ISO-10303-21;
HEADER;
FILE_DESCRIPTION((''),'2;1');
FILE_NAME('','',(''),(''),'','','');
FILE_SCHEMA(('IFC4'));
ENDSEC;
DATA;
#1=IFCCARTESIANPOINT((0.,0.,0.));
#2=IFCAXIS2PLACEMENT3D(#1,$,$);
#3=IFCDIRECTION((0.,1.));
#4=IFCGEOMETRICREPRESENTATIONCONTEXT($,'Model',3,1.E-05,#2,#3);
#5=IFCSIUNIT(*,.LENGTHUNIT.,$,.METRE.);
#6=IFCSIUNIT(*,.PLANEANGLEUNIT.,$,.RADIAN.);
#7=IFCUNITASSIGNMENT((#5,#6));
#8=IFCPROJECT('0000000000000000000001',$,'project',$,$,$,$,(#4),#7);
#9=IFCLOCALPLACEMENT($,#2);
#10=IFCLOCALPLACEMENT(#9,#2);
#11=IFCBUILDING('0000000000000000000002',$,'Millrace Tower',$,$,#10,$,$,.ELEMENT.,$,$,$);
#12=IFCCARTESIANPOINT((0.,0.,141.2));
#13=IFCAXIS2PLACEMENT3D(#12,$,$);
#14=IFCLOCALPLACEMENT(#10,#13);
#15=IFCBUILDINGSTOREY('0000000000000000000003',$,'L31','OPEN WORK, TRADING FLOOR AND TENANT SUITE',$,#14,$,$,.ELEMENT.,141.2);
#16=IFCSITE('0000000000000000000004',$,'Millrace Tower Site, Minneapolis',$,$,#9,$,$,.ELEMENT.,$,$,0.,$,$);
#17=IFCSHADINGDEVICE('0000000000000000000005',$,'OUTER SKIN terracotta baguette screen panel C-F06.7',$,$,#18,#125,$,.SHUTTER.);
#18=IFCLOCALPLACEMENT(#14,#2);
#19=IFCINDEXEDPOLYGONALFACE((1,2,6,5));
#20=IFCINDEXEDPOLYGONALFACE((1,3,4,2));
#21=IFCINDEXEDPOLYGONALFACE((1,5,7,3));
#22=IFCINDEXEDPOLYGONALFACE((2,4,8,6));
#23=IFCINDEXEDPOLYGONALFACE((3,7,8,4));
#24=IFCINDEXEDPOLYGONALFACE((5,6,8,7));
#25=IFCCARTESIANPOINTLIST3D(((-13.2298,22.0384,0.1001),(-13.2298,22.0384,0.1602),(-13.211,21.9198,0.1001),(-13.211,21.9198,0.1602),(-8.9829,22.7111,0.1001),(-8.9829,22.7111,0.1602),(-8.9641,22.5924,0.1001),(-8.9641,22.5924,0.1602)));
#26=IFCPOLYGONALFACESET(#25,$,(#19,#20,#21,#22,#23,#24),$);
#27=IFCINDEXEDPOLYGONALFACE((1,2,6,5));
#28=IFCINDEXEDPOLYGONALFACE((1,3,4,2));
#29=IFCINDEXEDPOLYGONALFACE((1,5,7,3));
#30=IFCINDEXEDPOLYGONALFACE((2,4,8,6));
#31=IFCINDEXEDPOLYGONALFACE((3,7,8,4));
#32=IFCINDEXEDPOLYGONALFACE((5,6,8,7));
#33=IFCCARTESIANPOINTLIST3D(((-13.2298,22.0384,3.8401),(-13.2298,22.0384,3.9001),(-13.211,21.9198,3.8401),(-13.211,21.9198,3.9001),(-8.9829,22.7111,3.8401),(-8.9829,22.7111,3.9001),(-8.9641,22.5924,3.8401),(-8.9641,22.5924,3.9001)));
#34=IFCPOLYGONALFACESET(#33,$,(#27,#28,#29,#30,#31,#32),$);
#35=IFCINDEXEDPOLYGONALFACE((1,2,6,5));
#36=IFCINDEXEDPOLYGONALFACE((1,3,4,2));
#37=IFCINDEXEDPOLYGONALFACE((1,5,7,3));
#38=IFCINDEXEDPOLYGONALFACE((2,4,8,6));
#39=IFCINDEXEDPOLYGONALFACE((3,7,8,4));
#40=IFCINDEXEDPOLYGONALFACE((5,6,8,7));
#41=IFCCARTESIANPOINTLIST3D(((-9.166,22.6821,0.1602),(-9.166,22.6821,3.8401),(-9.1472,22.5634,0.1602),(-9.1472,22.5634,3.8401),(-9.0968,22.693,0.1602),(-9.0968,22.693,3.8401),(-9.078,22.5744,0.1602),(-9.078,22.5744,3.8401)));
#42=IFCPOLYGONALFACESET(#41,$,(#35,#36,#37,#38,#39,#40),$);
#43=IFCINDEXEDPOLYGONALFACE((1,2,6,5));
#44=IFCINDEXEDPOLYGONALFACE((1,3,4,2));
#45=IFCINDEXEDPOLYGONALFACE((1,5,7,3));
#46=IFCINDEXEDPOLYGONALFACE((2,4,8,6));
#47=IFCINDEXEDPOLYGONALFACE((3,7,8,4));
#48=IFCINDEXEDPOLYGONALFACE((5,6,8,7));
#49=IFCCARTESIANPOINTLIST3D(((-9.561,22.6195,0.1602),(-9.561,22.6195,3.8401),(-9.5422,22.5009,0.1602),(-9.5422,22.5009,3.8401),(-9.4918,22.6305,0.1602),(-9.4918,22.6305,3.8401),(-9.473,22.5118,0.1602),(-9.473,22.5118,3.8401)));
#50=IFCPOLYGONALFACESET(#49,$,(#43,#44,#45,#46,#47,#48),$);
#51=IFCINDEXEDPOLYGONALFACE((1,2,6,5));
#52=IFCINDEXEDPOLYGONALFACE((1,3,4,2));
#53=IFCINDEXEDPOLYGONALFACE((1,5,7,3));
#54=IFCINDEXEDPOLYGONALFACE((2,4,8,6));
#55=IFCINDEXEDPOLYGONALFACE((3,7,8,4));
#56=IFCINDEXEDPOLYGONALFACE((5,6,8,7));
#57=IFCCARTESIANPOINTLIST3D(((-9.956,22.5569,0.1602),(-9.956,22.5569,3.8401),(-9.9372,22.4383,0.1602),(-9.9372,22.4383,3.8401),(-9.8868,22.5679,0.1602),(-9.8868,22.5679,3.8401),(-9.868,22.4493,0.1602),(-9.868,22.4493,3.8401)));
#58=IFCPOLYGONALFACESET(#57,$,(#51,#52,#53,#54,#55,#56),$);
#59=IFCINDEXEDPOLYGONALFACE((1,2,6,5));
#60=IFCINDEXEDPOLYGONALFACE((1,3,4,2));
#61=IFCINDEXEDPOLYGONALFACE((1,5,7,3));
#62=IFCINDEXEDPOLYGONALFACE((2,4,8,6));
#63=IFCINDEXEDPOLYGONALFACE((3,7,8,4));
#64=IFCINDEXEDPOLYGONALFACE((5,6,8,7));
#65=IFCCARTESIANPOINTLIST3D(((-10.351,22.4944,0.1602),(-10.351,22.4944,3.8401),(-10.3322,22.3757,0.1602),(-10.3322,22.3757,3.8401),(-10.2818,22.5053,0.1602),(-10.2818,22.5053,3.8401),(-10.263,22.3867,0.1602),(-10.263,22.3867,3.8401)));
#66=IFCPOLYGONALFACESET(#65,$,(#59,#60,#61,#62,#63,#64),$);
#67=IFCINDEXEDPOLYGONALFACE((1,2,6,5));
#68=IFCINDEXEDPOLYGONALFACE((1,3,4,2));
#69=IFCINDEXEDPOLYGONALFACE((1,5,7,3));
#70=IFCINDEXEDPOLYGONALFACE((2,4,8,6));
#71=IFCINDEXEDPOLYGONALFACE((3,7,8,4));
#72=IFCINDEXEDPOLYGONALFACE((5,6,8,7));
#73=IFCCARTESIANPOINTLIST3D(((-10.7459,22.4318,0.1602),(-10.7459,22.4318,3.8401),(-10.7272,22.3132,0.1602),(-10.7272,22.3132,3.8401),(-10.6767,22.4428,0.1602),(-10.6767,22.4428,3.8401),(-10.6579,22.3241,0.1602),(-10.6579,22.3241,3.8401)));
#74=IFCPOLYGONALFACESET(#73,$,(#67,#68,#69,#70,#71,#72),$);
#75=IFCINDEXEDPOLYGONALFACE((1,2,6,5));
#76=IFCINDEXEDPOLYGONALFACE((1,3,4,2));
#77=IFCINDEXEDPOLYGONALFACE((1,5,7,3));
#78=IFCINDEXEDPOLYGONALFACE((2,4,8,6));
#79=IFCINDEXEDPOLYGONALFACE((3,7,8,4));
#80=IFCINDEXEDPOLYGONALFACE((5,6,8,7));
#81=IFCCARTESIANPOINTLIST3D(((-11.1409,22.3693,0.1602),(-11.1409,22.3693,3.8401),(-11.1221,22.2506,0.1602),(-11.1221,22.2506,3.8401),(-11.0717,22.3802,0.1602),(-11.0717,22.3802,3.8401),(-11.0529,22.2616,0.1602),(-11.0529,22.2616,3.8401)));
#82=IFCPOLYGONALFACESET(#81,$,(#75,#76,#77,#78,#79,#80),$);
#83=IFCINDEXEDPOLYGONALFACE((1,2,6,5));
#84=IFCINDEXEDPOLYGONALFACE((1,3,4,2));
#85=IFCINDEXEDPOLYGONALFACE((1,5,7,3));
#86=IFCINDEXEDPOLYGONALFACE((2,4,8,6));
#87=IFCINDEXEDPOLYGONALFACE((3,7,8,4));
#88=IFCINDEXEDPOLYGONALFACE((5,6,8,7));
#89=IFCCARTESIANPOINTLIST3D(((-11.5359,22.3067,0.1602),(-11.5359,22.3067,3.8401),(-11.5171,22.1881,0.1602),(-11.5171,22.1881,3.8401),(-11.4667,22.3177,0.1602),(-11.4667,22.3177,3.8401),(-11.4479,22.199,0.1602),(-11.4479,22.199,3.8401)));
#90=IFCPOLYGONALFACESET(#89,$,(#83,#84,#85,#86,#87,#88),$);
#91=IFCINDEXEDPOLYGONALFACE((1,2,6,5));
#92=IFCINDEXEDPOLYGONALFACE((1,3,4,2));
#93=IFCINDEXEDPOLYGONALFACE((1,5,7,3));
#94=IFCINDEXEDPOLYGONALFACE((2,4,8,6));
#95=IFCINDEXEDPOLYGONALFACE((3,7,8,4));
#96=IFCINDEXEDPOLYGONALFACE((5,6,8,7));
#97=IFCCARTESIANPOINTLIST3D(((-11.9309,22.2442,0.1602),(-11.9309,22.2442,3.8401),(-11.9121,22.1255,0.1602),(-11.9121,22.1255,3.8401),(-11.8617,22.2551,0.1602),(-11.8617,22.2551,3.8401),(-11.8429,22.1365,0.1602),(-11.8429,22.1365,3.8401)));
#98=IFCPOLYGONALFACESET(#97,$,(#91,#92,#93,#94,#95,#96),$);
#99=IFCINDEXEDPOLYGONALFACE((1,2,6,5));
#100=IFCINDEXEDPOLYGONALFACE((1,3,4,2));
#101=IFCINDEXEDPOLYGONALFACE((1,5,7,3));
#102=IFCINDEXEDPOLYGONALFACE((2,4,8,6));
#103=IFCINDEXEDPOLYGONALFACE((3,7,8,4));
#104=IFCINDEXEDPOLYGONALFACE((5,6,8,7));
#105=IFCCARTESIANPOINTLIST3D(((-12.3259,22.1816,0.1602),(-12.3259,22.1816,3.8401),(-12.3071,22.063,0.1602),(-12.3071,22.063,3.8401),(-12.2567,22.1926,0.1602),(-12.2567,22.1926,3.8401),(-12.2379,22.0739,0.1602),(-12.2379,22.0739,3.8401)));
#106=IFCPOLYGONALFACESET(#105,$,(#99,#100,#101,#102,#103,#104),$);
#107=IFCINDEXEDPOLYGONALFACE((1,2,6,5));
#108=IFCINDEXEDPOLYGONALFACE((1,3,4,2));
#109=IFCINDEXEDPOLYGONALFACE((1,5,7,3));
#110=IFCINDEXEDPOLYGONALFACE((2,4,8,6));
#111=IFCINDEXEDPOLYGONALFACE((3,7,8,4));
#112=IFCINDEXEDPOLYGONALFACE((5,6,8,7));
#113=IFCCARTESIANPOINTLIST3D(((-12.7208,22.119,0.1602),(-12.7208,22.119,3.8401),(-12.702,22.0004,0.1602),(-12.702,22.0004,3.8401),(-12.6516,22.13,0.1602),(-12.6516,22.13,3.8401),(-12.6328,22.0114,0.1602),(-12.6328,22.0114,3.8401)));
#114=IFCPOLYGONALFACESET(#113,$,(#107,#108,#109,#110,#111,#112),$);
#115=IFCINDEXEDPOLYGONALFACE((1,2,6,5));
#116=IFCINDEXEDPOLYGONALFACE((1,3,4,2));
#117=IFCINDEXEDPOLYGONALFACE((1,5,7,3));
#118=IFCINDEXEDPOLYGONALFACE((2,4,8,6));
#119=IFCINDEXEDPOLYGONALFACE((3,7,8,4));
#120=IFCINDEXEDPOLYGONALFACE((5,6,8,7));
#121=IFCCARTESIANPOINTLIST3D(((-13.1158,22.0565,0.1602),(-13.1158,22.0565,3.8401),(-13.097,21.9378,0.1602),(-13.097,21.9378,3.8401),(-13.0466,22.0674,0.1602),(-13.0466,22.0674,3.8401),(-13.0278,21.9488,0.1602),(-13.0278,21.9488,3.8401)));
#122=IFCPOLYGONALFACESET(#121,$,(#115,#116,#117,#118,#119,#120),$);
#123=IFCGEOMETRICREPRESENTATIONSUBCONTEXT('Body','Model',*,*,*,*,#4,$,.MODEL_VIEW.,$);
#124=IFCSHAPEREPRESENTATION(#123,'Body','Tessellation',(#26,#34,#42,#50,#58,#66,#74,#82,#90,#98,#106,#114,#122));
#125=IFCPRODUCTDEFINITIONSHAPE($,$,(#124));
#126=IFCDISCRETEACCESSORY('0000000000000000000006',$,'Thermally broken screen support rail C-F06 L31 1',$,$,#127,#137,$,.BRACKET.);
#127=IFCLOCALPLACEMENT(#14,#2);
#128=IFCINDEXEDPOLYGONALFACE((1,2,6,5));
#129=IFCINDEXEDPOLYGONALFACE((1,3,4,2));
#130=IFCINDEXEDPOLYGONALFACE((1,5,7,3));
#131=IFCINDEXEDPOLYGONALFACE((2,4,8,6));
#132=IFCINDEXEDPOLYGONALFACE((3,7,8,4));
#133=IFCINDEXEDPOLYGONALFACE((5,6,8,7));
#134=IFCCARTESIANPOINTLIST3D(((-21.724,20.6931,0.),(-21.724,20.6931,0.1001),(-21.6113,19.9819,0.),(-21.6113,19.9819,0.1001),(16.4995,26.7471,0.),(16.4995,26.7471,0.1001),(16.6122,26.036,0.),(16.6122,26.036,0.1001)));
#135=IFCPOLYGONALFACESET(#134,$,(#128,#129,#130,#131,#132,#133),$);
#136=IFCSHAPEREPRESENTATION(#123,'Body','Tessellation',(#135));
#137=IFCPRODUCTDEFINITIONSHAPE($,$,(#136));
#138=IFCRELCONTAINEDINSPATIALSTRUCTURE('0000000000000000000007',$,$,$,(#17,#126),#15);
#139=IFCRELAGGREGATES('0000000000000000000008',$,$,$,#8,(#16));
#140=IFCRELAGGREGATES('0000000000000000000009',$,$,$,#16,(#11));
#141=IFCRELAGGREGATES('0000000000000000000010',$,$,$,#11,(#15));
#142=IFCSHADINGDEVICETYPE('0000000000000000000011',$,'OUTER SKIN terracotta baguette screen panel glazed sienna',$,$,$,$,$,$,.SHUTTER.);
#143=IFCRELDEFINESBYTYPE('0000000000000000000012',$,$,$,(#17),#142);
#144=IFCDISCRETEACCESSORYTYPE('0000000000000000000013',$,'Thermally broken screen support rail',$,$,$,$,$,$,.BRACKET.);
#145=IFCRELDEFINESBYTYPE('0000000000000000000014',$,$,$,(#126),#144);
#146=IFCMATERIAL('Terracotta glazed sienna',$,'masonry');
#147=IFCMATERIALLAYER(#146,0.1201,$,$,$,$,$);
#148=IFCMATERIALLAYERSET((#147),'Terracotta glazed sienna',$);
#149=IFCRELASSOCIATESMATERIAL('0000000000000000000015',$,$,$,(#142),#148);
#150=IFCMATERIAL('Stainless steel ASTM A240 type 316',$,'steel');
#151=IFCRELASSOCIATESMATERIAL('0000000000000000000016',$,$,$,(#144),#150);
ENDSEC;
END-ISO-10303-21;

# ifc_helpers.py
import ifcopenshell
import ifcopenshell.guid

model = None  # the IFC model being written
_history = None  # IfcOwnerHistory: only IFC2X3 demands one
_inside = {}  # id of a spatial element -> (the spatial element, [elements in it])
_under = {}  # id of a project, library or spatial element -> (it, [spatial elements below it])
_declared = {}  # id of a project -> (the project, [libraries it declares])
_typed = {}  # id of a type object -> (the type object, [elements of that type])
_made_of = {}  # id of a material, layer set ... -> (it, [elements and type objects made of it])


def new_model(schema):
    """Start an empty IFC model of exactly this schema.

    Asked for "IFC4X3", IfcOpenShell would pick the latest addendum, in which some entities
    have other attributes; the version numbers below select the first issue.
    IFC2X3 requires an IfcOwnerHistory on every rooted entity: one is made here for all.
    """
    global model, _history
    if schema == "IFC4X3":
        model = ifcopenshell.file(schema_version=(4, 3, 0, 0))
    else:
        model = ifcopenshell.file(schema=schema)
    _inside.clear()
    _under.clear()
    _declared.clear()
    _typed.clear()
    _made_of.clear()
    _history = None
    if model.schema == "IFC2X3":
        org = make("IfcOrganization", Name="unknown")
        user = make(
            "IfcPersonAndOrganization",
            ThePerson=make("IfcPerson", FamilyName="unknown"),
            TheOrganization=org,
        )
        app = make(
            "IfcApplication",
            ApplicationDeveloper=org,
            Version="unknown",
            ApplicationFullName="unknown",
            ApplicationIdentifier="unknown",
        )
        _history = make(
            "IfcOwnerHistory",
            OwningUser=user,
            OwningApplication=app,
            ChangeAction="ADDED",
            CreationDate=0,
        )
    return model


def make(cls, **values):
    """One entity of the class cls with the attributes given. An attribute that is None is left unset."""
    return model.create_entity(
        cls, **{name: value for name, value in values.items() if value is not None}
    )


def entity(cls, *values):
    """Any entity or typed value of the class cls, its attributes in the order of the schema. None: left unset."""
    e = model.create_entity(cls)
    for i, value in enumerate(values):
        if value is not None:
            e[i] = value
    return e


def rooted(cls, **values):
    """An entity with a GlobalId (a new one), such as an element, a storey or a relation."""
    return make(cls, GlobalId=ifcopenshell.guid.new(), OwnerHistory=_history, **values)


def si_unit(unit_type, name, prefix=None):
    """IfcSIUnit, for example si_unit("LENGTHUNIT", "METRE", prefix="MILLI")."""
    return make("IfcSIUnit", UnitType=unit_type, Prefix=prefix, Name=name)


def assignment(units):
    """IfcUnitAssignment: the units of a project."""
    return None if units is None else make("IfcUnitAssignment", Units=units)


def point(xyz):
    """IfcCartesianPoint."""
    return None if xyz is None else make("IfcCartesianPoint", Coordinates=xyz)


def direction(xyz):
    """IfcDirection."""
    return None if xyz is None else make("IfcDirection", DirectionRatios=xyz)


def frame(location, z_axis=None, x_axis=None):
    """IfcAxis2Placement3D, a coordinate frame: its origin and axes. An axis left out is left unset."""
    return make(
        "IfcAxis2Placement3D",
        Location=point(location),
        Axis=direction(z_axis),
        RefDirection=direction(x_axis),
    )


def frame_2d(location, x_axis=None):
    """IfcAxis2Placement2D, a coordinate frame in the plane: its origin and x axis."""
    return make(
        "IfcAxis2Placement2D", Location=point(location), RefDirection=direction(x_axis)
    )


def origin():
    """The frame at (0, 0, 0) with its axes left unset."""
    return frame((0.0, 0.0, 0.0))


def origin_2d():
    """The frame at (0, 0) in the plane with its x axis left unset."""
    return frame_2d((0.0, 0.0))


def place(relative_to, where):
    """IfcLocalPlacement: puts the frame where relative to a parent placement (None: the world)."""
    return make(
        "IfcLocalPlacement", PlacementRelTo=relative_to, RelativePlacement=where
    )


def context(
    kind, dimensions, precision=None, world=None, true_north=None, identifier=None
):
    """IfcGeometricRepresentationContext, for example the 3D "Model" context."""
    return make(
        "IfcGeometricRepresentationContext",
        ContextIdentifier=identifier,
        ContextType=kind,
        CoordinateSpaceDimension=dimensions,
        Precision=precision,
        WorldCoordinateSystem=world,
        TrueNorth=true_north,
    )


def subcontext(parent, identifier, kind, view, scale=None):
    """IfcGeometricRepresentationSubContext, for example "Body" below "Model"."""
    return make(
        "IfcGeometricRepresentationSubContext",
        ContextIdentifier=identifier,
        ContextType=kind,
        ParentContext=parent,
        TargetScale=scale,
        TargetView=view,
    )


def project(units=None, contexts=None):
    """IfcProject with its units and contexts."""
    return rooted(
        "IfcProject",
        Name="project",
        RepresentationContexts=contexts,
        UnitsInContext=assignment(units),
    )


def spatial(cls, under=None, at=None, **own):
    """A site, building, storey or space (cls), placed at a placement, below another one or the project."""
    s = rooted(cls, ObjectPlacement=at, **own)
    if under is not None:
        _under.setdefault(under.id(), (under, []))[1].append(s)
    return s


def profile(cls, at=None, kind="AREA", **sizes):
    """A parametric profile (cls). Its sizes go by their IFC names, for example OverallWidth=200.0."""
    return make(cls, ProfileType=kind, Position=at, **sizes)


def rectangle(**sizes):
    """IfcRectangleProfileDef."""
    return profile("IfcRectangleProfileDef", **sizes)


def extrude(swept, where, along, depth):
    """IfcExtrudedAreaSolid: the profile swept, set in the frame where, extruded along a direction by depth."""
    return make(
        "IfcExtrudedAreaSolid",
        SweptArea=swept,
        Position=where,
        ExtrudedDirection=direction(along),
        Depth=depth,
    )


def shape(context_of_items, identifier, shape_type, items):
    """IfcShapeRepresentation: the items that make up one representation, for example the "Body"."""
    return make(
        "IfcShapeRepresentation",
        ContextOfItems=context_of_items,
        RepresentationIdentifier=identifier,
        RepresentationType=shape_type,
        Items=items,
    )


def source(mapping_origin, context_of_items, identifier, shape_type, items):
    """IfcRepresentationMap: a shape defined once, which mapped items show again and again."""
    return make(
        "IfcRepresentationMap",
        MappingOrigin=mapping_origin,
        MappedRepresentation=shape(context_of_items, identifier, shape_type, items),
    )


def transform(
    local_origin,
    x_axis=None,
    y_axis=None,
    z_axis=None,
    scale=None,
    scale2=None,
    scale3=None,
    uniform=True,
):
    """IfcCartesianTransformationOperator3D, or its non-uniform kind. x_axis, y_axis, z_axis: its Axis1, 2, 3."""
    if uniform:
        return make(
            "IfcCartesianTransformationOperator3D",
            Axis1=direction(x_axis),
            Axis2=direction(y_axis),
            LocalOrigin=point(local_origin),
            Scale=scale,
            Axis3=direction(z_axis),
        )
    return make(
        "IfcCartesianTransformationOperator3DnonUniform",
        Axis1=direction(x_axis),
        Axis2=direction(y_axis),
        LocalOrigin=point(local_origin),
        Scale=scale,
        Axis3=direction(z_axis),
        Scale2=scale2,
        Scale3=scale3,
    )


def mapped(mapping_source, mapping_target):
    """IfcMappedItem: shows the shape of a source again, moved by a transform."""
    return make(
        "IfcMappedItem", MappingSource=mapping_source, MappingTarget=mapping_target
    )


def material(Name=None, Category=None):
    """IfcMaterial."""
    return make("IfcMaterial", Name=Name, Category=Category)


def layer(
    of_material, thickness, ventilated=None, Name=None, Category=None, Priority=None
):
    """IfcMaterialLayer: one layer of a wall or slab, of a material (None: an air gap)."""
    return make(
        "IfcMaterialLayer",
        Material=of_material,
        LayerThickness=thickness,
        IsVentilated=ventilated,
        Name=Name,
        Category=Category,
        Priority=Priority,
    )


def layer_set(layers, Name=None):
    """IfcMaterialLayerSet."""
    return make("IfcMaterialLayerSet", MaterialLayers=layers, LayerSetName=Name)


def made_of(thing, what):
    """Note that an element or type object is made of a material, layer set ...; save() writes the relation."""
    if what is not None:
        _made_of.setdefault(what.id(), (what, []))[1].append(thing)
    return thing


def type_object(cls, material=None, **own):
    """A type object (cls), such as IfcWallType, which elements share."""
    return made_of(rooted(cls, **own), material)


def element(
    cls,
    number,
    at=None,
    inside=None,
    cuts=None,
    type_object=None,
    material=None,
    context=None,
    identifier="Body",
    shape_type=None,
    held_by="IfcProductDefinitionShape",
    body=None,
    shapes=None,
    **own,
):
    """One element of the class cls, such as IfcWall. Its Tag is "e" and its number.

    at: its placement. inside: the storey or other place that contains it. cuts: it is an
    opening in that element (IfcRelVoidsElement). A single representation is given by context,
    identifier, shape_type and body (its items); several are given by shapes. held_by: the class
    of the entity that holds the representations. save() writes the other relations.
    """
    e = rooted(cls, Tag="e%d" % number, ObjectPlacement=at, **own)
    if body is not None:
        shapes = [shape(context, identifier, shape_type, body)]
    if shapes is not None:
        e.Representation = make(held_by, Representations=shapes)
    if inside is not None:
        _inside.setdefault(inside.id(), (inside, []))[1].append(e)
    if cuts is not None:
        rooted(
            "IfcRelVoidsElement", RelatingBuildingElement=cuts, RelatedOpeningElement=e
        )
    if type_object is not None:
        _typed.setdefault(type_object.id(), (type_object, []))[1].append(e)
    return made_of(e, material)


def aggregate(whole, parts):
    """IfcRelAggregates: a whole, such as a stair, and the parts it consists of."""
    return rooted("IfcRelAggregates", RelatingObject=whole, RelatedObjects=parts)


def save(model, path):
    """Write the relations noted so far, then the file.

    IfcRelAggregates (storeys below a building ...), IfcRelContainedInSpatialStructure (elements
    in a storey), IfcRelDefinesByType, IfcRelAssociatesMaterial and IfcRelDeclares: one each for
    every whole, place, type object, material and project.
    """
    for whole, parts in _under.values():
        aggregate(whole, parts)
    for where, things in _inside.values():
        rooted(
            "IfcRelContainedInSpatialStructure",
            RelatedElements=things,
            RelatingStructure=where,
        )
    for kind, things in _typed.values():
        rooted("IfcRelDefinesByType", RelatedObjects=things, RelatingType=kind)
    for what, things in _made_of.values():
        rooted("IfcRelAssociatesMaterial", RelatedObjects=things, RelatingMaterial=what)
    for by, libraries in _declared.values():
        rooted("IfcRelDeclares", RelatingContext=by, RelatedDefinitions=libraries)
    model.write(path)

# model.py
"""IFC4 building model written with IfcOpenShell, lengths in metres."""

from ifc_helpers import new_model, entity, si_unit, direction, frame, frame_2d, origin, origin_2d, place, context, subcontext, project, spatial, rectangle, extrude, source, transform, mapped, material, layer, layer_set, type_object, element, save


model = new_model("IFC4")

# Units and contexts
model_context = context("Model", 3, precision=1e-05, world=origin(), true_north=direction((0.0, 1.0)))
body_context = subcontext(model_context, "Body", "Model", "MODEL_VIEW")
ifc_project = project(units=[si_unit("LENGTHUNIT", "METRE"), si_unit("PLANEANGLEUNIT", "RADIAN")], contexts=[model_context])

# Site, building, storey
site_placement = place(None, origin())
site = spatial("IfcSite", under=ifc_project, at=site_placement, Name="Millrace Tower Site, Minneapolis", CompositionType="ELEMENT", RefElevation=0.0)
building_placement = place(site_placement, origin())
building = spatial("IfcBuilding", under=site, at=building_placement, Name="Millrace Tower", CompositionType="ELEMENT")
storey_placement = place(building_placement, frame((0.0, 0.0, 141.2)))
storey = spatial("IfcBuildingStorey", under=building, at=storey_placement, Name="L31", Description="OPEN WORK, TRADING FLOOR AND TENANT SUITE", CompositionType="ELEMENT", Elevation=141.2)

# Shading device
ifc_material_1 = material(Name="Terracotta glazed sienna", Category="masonry")
ifc_layer_1 = layer(ifc_material_1, 0.1201)
ifc_layer_set_1 = layer_set([ifc_layer_1], Name="Terracotta glazed sienna")
shading_device_type = type_object("IfcShadingDeviceType", Name="OUTER SKIN terracotta baguette screen panel glazed sienna", PredefinedType="SHUTTER", material=ifc_layer_set_1)
cartesian_point = entity("IfcCartesianPoint", [-2.1499, 0.0601])
shared_polyline = entity("IfcPolyline", [cartesian_point, entity("IfcCartesianPoint", [2.1499, 0.0601]), entity("IfcCartesianPoint", [2.1499, -0.0601]), entity("IfcCartesianPoint", [-2.1499, -0.0601]), cartesian_point])
shared_shape = source(origin(), body_context, "Body", "SweptSolid", [
    entity("IfcExtrudedAreaSolid", entity("IfcArbitraryClosedProfileDef", "AREA", None, shared_polyline), entity("IfcAxis2Placement3D", entity("IfcCartesianPoint", [0.0, 0.0, 0.0])), entity("IfcDirection", [0.0, 0.0, 1.0]), 0.0601),
    entity("IfcExtrudedAreaSolid", entity("IfcArbitraryClosedProfileDef", "AREA", None, shared_polyline), entity("IfcAxis2Placement3D", entity("IfcCartesianPoint", [0.0, 0.0, 3.74])), entity("IfcDirection", [0.0, 0.0, 1.0]), 0.0601),
    extrude(rectangle(XDim=0.0701, YDim=0.1201, at=frame_2d((-1.9995, 0.0))), frame((0.0, 0.0, 0.0601)), (0.0, 0.0, 1.0), 3.6799),
    extrude(rectangle(XDim=0.0701, YDim=0.1201, at=frame_2d((-1.5996, 0.0))), frame((0.0, 0.0, 0.0601)), (0.0, 0.0, 1.0), 3.6799),
    extrude(rectangle(XDim=0.0701, YDim=0.1201, at=frame_2d((-1.1997, 0.0))), frame((0.0, 0.0, 0.0601)), (0.0, 0.0, 1.0), 3.6799),
    extrude(rectangle(XDim=0.0701, YDim=0.1201, at=frame_2d((-0.7998, 0.0))), frame((0.0, 0.0, 0.0601)), (0.0, 0.0, 1.0), 3.6799),
    extrude(rectangle(XDim=0.0701, YDim=0.1201, at=frame_2d((-0.3999, 0.0))), frame((0.0, 0.0, 0.0601)), (0.0, 0.0, 1.0), 3.6799),
    extrude(rectangle(XDim=0.0701, YDim=0.1201, at=origin_2d()), frame((0.0, 0.0, 0.0601)), (0.0, 0.0, 1.0), 3.6799),
    extrude(rectangle(XDim=0.0701, YDim=0.1201, at=frame_2d((0.3999, 0.0))), frame((0.0, 0.0, 0.0601)), (0.0, 0.0, 1.0), 3.6799),
    extrude(rectangle(XDim=0.0701, YDim=0.1201, at=frame_2d((0.7998, 0.0))), frame((0.0, 0.0, 0.0601)), (0.0, 0.0, 1.0), 3.6799),
    extrude(rectangle(XDim=0.0701, YDim=0.1201, at=frame_2d((1.1997, 0.0))), frame((0.0, 0.0, 0.0601)), (0.0, 0.0, 1.0), 3.6799),
    extrude(rectangle(XDim=0.0701, YDim=0.1201, at=frame_2d((1.5996, 0.0))), frame((0.0, 0.0, 0.0601)), (0.0, 0.0, 1.0), 3.6799),
    extrude(rectangle(XDim=0.0701, YDim=0.1201, at=frame_2d((1.9995, 0.0))), frame((0.0, 0.0, 0.0601)), (0.0, 0.0, 1.0), 3.6799),
])
for number, where, z_axis, x_axis, name in (
    (1, (-11.0969, 22.3154, 0.1001), (0.0, 0.0, 1.0), (-0.987688, -0.156434, 0.0), "OUTER SKIN terracotta baguette screen panel C-F06.7"),
):
    element("IfcShadingDevice", number, at=place(storey_placement, frame(where, z_axis=z_axis, x_axis=x_axis)), inside=storey, type_object=shading_device_type, Name=name, PredefinedType="SHUTTER", context=body_context, shape_type="MappedRepresentation", body=[
        mapped(shared_shape, transform((0.0, 0.0, 0.0), scale=1.0)),
    ])

# Discrete accessory
ifc_material_2 = material(Name="Stainless steel ASTM A240 type 316", Category="steel")
discrete_accessory_type = type_object("IfcDiscreteAccessoryType", Name="Thermally broken screen support rail", PredefinedType="BRACKET", material=ifc_material_2)
discrete_accessory_placement = place(storey_placement, frame((-2.5559, 23.3645, 0.0), z_axis=(0.0, 0.0, 1.0), x_axis=(-0.987688, -0.156434, 0.0)))
element("IfcDiscreteAccessory", 2, at=discrete_accessory_placement, inside=storey, type_object=discrete_accessory_type, Name="Thermally broken screen support rail C-F06 L31 1", PredefinedType="BRACKET", context=body_context, shape_type="SweptSolid", body=[
    extrude(rectangle(XDim=38.7, YDim=0.72, at=origin_2d()), origin(), (0.0, 0.0, 1.0), 0.1001),
])

save(model, "model.ifc")
